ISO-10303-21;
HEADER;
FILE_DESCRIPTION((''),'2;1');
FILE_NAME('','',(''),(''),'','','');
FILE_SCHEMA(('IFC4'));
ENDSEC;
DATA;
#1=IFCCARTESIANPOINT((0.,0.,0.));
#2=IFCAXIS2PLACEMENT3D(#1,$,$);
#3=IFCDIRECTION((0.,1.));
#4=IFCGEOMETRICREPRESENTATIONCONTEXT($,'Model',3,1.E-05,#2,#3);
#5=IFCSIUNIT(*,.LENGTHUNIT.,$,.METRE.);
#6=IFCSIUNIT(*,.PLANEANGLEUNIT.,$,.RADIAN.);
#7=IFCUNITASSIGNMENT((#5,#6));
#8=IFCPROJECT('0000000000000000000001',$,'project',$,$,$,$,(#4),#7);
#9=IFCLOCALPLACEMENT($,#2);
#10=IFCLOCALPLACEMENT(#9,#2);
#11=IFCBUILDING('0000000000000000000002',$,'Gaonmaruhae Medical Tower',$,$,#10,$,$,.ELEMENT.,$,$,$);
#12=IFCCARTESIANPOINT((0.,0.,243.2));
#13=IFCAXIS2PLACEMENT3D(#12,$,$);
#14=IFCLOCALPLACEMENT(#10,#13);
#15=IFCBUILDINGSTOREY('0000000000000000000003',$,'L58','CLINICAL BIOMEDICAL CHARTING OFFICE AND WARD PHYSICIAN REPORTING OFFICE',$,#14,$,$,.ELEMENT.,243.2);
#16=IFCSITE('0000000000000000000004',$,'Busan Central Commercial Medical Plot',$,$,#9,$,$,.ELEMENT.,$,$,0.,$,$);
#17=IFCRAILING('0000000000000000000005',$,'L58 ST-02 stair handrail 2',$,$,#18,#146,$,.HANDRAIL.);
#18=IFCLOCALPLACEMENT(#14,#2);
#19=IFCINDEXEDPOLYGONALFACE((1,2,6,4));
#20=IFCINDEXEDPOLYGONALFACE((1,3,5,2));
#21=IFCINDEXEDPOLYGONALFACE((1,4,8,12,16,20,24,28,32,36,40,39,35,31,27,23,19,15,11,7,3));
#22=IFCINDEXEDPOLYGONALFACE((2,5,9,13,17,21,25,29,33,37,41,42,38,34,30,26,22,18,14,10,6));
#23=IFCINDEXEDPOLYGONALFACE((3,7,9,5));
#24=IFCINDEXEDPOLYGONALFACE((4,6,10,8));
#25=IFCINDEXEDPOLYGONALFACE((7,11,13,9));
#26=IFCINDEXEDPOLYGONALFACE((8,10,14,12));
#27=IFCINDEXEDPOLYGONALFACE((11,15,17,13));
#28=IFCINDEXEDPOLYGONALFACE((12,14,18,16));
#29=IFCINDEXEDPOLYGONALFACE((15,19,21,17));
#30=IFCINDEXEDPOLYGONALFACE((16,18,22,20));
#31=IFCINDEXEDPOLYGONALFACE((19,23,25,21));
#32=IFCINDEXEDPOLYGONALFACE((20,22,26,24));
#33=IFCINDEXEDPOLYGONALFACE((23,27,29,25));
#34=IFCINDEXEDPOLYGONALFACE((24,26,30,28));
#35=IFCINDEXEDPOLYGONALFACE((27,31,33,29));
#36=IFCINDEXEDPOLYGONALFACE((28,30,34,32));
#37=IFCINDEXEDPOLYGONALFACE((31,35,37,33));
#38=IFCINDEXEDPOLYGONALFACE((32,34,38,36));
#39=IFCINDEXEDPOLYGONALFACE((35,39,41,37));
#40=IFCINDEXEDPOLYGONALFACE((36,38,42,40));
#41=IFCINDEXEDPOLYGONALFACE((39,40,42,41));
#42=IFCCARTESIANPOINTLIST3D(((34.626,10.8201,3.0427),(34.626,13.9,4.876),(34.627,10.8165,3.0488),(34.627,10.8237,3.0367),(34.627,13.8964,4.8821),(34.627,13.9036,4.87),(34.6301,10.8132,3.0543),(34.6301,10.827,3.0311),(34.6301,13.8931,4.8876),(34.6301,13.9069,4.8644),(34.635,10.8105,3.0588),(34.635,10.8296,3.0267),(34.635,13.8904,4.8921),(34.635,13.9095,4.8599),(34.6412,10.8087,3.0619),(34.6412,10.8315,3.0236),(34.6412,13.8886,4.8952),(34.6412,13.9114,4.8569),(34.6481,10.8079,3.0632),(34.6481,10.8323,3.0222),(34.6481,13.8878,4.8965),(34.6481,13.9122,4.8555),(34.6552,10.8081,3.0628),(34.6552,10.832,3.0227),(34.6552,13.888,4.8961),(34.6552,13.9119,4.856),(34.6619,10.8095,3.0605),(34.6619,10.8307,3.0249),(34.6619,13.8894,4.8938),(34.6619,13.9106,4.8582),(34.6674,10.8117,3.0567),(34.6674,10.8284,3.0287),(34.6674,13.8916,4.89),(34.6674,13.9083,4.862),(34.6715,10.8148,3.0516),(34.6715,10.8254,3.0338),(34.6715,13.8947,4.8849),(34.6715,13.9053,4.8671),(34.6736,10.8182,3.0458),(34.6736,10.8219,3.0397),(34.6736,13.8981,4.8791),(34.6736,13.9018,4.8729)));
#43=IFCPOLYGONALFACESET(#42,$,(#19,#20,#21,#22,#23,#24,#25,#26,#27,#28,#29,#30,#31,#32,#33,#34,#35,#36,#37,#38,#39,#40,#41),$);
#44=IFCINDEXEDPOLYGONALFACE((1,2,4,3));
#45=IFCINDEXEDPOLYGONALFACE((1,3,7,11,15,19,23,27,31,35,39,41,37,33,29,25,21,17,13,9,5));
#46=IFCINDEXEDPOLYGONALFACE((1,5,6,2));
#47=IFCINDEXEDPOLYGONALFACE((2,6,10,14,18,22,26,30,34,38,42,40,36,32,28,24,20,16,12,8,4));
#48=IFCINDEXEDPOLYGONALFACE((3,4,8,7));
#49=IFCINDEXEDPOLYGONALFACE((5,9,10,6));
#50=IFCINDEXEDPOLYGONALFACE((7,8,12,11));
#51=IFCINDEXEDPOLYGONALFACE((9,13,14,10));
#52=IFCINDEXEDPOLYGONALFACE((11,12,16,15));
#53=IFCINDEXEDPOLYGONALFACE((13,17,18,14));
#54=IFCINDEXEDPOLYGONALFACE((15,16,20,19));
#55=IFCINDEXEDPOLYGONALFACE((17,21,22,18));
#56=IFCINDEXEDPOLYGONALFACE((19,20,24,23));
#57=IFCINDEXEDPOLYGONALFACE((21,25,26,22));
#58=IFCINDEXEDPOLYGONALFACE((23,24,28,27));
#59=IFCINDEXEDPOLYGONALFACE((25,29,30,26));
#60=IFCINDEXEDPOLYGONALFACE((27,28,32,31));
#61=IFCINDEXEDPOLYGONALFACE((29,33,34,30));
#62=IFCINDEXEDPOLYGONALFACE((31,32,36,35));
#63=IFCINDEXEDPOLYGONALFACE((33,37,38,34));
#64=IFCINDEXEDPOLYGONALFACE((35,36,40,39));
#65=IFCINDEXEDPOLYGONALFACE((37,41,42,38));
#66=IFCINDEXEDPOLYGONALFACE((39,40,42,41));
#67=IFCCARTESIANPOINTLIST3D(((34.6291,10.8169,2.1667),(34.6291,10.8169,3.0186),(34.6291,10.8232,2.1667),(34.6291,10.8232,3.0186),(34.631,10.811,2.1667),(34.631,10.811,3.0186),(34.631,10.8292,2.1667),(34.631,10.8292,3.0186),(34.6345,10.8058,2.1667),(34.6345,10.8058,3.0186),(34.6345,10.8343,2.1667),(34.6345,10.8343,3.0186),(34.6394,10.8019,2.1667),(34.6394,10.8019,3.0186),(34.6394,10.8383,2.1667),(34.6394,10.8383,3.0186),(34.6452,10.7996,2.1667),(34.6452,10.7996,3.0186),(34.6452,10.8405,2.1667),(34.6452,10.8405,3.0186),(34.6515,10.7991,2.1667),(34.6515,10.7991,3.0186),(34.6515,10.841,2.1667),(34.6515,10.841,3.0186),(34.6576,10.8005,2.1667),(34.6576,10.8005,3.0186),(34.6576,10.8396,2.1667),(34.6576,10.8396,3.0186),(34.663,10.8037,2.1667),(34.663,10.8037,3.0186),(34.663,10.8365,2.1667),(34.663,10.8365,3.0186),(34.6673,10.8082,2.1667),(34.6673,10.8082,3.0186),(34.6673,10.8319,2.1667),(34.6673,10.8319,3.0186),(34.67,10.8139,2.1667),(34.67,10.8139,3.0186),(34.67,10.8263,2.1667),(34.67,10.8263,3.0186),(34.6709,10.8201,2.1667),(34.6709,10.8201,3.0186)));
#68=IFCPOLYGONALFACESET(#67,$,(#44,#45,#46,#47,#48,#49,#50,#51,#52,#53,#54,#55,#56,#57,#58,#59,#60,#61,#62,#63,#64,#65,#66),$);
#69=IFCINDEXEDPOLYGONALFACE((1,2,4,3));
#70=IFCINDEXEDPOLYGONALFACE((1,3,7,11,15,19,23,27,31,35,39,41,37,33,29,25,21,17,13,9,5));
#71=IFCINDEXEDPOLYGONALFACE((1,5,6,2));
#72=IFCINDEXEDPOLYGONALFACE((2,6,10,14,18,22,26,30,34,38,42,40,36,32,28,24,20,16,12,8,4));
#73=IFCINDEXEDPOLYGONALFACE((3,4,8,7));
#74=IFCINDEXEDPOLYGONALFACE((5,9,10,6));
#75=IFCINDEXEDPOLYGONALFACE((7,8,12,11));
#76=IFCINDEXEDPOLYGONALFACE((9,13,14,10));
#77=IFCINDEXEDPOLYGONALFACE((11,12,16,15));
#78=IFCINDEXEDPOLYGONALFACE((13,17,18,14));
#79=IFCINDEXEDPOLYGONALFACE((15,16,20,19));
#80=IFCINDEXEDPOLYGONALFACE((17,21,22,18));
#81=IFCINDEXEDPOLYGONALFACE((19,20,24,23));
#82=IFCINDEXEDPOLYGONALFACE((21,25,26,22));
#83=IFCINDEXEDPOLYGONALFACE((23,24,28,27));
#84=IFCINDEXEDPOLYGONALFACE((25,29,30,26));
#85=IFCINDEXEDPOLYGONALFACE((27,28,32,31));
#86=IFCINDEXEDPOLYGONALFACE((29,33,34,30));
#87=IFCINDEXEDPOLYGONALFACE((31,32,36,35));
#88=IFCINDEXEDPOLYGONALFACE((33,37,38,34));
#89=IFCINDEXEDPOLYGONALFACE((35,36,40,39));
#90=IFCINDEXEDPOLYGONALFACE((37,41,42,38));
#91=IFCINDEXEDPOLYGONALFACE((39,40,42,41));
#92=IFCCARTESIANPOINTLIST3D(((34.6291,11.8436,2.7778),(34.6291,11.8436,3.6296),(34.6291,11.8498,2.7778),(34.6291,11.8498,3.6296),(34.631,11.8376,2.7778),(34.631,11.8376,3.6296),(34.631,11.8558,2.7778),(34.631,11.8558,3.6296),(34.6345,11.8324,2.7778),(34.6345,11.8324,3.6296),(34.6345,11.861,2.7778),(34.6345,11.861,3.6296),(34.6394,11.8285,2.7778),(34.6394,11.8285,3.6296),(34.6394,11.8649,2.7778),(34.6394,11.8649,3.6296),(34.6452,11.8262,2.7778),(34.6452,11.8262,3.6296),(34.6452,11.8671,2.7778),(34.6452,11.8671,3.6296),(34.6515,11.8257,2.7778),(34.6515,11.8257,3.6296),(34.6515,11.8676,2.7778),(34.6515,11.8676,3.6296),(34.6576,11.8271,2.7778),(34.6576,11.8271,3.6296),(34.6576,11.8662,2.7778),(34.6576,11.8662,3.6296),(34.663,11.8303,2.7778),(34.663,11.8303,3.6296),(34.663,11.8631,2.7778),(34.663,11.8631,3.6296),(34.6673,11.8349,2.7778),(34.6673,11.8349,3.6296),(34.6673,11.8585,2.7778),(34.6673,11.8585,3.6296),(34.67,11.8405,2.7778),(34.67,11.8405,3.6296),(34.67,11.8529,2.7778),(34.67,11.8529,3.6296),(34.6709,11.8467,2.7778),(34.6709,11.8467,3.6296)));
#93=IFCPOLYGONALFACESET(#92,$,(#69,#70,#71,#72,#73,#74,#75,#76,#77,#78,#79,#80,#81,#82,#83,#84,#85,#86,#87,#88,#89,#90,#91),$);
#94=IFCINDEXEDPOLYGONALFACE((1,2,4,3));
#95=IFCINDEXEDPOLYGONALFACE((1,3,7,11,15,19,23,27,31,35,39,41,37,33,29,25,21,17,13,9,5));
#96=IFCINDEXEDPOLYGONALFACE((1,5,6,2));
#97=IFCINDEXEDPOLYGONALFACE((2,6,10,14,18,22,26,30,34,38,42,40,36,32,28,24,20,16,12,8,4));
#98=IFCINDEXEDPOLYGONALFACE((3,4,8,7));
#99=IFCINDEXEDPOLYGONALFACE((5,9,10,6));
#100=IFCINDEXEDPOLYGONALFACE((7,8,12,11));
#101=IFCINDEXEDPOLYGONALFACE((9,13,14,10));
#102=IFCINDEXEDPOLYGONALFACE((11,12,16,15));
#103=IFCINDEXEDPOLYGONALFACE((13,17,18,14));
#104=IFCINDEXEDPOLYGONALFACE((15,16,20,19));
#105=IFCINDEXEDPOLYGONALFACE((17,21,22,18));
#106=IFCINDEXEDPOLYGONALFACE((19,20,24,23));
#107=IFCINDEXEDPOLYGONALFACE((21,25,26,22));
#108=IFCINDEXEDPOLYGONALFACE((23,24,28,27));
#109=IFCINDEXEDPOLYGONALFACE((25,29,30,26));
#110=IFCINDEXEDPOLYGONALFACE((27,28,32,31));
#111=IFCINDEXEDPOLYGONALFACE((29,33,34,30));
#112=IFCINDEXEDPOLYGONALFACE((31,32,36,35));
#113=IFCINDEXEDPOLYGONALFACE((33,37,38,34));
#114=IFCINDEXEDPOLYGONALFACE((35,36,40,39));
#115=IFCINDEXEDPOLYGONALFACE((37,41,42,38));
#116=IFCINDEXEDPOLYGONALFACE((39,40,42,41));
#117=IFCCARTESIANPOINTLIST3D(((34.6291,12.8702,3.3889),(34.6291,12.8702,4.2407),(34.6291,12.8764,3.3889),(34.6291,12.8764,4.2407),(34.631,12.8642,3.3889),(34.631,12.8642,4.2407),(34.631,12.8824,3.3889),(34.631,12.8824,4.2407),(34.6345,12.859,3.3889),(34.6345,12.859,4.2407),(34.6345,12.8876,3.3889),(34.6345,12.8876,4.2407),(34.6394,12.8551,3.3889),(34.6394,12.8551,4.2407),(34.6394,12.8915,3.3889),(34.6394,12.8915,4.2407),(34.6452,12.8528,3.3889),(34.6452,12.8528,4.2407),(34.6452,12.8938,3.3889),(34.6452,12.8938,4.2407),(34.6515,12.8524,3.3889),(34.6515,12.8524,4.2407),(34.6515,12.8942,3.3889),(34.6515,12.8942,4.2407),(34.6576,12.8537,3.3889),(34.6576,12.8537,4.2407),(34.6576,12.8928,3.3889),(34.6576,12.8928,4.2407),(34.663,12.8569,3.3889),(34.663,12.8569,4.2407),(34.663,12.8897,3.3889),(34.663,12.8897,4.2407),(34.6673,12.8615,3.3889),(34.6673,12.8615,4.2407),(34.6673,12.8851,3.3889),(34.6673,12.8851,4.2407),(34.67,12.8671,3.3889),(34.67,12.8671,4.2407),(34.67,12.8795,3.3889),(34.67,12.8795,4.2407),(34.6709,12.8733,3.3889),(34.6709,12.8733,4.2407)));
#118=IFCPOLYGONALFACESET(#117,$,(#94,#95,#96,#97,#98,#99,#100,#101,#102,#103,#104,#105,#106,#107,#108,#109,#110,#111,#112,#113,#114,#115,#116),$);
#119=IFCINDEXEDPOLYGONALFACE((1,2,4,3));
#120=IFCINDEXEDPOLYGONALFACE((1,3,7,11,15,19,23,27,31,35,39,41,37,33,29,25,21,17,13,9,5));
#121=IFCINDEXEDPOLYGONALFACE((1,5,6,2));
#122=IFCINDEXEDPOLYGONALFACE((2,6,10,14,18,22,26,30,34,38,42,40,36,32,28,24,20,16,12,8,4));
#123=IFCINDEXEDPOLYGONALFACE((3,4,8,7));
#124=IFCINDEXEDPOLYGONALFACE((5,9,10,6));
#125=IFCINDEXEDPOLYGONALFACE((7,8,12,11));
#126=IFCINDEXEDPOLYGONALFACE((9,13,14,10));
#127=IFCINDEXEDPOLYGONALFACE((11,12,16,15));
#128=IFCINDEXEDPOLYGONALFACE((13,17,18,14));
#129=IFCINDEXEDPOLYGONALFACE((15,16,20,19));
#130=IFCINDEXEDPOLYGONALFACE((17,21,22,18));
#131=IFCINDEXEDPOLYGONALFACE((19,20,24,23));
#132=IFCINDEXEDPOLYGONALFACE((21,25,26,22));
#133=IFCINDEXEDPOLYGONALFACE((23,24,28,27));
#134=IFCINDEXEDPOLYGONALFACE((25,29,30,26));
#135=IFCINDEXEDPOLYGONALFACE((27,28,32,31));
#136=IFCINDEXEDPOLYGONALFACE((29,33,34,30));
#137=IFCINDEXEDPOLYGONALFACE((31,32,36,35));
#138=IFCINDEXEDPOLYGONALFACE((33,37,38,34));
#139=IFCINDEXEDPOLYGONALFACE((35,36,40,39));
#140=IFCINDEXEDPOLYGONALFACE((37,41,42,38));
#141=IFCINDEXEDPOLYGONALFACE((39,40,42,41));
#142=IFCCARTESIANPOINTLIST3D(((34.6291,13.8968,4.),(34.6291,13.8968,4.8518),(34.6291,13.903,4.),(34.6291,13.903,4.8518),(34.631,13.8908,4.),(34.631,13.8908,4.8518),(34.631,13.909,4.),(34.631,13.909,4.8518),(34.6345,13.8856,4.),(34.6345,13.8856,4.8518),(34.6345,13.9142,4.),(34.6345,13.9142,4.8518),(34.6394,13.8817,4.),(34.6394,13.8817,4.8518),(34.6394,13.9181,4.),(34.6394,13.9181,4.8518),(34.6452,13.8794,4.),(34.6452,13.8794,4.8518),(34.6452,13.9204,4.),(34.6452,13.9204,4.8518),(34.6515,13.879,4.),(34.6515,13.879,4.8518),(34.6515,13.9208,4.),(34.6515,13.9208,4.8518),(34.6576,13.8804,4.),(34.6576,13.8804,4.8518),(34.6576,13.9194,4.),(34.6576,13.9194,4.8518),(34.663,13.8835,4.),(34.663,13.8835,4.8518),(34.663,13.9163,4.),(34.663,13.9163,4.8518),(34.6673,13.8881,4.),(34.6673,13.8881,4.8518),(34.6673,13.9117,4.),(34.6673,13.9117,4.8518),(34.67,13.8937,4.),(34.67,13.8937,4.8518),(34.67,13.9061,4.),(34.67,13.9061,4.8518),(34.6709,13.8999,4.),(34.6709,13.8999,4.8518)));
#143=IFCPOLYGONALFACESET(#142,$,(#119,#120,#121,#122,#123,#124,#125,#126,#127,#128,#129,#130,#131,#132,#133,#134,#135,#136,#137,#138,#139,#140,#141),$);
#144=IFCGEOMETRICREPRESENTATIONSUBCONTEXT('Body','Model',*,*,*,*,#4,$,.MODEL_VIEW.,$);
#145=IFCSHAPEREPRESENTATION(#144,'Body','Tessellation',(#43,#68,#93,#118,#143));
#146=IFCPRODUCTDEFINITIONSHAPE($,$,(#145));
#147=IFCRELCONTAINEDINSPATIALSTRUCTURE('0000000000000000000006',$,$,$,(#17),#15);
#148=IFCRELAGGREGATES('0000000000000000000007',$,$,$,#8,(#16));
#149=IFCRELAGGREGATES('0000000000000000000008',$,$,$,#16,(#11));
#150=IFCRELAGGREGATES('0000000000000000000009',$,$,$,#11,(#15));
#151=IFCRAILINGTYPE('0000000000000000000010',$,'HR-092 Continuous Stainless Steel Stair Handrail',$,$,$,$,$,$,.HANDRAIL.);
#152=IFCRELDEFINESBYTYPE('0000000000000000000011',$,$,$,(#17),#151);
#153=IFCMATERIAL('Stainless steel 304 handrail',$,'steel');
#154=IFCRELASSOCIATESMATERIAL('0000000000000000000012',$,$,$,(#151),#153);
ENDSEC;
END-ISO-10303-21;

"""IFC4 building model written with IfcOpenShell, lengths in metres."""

from ifc_helpers import new_model, si_unit, direction, frame, origin, origin_2d, place, context, subcontext, project, spatial, circle, extrude, material, type_object, element, save


model = new_model("IFC4")

# Units and contexts
model_context = context("Model", 3, precision=1e-05, world=origin(), true_north=direction((0.0, 1.0)))
body_context = subcontext(model_context, "Body", "Model", "MODEL_VIEW")
ifc_project = project(units=[si_unit("LENGTHUNIT", "METRE"), si_unit("PLANEANGLEUNIT", "RADIAN")], contexts=[model_context])

# Site, building, storey
site_placement = place(None, origin())
site = spatial("IfcSite", under=ifc_project, at=site_placement, Name="Busan Central Commercial Medical Plot", CompositionType="ELEMENT", RefElevation=0.0)
building_placement = place(site_placement, origin())
building = spatial("IfcBuilding", under=site, at=building_placement, Name="Gaonmaruhae Medical Tower", CompositionType="ELEMENT")
storey_placement = place(building_placement, frame((0.0, 0.0, 243.2)))
storey = spatial("IfcBuildingStorey", under=building, at=storey_placement, Name="L58", Description="CLINICAL BIOMEDICAL CHARTING OFFICE AND WARD PHYSICIAN REPORTING OFFICE", CompositionType="ELEMENT", Elevation=243.2)

# Railing
ifc_material_1 = material(Name="Stainless steel 304 handrail", Category="steel")
railing_type_1 = type_object("IfcRailingType", Name="HR-092 Continuous Stainless Steel Stair Handrail", PredefinedType="HANDRAIL", material=ifc_material_1)
railing_1_placement = place(storey_placement, frame((34.6499, 10.8201, 2.1667)))
element("IfcRailing", 1, at=railing_1_placement, inside=storey, type_object=railing_type_1, Name="L58 ST-02 stair handrail 2", PredefinedType="HANDRAIL", context=body_context, shape_type="SweptSolid", body=[
    extrude(circle(Radius=0.0239, at=origin_2d()), frame((0.0, 0.0, 0.876), z_axis=(0.0, 0.859291, 0.511487), x_axis=(-1.0, 0.0, 0.0)), (0.0, 0.0, 1.0), 3.5842),
    extrude(circle(Radius=0.021, at=origin_2d()), origin(), (0.0, 0.0, 1.0), 0.8518),
    extrude(circle(Radius=0.021, at=origin_2d()), frame((0.0, 1.0266, 0.6111)), (0.0, 0.0, 1.0), 0.8518),
    extrude(circle(Radius=0.021, at=origin_2d()), frame((0.0, 2.0532, 1.2222)), (0.0, 0.0, 1.0), 0.8518),
    extrude(circle(Radius=0.021, at=origin_2d()), frame((0.0, 3.0798, 1.8333)), (0.0, 0.0, 1.0), 0.8518),
])

save(model, "model.ifc")
